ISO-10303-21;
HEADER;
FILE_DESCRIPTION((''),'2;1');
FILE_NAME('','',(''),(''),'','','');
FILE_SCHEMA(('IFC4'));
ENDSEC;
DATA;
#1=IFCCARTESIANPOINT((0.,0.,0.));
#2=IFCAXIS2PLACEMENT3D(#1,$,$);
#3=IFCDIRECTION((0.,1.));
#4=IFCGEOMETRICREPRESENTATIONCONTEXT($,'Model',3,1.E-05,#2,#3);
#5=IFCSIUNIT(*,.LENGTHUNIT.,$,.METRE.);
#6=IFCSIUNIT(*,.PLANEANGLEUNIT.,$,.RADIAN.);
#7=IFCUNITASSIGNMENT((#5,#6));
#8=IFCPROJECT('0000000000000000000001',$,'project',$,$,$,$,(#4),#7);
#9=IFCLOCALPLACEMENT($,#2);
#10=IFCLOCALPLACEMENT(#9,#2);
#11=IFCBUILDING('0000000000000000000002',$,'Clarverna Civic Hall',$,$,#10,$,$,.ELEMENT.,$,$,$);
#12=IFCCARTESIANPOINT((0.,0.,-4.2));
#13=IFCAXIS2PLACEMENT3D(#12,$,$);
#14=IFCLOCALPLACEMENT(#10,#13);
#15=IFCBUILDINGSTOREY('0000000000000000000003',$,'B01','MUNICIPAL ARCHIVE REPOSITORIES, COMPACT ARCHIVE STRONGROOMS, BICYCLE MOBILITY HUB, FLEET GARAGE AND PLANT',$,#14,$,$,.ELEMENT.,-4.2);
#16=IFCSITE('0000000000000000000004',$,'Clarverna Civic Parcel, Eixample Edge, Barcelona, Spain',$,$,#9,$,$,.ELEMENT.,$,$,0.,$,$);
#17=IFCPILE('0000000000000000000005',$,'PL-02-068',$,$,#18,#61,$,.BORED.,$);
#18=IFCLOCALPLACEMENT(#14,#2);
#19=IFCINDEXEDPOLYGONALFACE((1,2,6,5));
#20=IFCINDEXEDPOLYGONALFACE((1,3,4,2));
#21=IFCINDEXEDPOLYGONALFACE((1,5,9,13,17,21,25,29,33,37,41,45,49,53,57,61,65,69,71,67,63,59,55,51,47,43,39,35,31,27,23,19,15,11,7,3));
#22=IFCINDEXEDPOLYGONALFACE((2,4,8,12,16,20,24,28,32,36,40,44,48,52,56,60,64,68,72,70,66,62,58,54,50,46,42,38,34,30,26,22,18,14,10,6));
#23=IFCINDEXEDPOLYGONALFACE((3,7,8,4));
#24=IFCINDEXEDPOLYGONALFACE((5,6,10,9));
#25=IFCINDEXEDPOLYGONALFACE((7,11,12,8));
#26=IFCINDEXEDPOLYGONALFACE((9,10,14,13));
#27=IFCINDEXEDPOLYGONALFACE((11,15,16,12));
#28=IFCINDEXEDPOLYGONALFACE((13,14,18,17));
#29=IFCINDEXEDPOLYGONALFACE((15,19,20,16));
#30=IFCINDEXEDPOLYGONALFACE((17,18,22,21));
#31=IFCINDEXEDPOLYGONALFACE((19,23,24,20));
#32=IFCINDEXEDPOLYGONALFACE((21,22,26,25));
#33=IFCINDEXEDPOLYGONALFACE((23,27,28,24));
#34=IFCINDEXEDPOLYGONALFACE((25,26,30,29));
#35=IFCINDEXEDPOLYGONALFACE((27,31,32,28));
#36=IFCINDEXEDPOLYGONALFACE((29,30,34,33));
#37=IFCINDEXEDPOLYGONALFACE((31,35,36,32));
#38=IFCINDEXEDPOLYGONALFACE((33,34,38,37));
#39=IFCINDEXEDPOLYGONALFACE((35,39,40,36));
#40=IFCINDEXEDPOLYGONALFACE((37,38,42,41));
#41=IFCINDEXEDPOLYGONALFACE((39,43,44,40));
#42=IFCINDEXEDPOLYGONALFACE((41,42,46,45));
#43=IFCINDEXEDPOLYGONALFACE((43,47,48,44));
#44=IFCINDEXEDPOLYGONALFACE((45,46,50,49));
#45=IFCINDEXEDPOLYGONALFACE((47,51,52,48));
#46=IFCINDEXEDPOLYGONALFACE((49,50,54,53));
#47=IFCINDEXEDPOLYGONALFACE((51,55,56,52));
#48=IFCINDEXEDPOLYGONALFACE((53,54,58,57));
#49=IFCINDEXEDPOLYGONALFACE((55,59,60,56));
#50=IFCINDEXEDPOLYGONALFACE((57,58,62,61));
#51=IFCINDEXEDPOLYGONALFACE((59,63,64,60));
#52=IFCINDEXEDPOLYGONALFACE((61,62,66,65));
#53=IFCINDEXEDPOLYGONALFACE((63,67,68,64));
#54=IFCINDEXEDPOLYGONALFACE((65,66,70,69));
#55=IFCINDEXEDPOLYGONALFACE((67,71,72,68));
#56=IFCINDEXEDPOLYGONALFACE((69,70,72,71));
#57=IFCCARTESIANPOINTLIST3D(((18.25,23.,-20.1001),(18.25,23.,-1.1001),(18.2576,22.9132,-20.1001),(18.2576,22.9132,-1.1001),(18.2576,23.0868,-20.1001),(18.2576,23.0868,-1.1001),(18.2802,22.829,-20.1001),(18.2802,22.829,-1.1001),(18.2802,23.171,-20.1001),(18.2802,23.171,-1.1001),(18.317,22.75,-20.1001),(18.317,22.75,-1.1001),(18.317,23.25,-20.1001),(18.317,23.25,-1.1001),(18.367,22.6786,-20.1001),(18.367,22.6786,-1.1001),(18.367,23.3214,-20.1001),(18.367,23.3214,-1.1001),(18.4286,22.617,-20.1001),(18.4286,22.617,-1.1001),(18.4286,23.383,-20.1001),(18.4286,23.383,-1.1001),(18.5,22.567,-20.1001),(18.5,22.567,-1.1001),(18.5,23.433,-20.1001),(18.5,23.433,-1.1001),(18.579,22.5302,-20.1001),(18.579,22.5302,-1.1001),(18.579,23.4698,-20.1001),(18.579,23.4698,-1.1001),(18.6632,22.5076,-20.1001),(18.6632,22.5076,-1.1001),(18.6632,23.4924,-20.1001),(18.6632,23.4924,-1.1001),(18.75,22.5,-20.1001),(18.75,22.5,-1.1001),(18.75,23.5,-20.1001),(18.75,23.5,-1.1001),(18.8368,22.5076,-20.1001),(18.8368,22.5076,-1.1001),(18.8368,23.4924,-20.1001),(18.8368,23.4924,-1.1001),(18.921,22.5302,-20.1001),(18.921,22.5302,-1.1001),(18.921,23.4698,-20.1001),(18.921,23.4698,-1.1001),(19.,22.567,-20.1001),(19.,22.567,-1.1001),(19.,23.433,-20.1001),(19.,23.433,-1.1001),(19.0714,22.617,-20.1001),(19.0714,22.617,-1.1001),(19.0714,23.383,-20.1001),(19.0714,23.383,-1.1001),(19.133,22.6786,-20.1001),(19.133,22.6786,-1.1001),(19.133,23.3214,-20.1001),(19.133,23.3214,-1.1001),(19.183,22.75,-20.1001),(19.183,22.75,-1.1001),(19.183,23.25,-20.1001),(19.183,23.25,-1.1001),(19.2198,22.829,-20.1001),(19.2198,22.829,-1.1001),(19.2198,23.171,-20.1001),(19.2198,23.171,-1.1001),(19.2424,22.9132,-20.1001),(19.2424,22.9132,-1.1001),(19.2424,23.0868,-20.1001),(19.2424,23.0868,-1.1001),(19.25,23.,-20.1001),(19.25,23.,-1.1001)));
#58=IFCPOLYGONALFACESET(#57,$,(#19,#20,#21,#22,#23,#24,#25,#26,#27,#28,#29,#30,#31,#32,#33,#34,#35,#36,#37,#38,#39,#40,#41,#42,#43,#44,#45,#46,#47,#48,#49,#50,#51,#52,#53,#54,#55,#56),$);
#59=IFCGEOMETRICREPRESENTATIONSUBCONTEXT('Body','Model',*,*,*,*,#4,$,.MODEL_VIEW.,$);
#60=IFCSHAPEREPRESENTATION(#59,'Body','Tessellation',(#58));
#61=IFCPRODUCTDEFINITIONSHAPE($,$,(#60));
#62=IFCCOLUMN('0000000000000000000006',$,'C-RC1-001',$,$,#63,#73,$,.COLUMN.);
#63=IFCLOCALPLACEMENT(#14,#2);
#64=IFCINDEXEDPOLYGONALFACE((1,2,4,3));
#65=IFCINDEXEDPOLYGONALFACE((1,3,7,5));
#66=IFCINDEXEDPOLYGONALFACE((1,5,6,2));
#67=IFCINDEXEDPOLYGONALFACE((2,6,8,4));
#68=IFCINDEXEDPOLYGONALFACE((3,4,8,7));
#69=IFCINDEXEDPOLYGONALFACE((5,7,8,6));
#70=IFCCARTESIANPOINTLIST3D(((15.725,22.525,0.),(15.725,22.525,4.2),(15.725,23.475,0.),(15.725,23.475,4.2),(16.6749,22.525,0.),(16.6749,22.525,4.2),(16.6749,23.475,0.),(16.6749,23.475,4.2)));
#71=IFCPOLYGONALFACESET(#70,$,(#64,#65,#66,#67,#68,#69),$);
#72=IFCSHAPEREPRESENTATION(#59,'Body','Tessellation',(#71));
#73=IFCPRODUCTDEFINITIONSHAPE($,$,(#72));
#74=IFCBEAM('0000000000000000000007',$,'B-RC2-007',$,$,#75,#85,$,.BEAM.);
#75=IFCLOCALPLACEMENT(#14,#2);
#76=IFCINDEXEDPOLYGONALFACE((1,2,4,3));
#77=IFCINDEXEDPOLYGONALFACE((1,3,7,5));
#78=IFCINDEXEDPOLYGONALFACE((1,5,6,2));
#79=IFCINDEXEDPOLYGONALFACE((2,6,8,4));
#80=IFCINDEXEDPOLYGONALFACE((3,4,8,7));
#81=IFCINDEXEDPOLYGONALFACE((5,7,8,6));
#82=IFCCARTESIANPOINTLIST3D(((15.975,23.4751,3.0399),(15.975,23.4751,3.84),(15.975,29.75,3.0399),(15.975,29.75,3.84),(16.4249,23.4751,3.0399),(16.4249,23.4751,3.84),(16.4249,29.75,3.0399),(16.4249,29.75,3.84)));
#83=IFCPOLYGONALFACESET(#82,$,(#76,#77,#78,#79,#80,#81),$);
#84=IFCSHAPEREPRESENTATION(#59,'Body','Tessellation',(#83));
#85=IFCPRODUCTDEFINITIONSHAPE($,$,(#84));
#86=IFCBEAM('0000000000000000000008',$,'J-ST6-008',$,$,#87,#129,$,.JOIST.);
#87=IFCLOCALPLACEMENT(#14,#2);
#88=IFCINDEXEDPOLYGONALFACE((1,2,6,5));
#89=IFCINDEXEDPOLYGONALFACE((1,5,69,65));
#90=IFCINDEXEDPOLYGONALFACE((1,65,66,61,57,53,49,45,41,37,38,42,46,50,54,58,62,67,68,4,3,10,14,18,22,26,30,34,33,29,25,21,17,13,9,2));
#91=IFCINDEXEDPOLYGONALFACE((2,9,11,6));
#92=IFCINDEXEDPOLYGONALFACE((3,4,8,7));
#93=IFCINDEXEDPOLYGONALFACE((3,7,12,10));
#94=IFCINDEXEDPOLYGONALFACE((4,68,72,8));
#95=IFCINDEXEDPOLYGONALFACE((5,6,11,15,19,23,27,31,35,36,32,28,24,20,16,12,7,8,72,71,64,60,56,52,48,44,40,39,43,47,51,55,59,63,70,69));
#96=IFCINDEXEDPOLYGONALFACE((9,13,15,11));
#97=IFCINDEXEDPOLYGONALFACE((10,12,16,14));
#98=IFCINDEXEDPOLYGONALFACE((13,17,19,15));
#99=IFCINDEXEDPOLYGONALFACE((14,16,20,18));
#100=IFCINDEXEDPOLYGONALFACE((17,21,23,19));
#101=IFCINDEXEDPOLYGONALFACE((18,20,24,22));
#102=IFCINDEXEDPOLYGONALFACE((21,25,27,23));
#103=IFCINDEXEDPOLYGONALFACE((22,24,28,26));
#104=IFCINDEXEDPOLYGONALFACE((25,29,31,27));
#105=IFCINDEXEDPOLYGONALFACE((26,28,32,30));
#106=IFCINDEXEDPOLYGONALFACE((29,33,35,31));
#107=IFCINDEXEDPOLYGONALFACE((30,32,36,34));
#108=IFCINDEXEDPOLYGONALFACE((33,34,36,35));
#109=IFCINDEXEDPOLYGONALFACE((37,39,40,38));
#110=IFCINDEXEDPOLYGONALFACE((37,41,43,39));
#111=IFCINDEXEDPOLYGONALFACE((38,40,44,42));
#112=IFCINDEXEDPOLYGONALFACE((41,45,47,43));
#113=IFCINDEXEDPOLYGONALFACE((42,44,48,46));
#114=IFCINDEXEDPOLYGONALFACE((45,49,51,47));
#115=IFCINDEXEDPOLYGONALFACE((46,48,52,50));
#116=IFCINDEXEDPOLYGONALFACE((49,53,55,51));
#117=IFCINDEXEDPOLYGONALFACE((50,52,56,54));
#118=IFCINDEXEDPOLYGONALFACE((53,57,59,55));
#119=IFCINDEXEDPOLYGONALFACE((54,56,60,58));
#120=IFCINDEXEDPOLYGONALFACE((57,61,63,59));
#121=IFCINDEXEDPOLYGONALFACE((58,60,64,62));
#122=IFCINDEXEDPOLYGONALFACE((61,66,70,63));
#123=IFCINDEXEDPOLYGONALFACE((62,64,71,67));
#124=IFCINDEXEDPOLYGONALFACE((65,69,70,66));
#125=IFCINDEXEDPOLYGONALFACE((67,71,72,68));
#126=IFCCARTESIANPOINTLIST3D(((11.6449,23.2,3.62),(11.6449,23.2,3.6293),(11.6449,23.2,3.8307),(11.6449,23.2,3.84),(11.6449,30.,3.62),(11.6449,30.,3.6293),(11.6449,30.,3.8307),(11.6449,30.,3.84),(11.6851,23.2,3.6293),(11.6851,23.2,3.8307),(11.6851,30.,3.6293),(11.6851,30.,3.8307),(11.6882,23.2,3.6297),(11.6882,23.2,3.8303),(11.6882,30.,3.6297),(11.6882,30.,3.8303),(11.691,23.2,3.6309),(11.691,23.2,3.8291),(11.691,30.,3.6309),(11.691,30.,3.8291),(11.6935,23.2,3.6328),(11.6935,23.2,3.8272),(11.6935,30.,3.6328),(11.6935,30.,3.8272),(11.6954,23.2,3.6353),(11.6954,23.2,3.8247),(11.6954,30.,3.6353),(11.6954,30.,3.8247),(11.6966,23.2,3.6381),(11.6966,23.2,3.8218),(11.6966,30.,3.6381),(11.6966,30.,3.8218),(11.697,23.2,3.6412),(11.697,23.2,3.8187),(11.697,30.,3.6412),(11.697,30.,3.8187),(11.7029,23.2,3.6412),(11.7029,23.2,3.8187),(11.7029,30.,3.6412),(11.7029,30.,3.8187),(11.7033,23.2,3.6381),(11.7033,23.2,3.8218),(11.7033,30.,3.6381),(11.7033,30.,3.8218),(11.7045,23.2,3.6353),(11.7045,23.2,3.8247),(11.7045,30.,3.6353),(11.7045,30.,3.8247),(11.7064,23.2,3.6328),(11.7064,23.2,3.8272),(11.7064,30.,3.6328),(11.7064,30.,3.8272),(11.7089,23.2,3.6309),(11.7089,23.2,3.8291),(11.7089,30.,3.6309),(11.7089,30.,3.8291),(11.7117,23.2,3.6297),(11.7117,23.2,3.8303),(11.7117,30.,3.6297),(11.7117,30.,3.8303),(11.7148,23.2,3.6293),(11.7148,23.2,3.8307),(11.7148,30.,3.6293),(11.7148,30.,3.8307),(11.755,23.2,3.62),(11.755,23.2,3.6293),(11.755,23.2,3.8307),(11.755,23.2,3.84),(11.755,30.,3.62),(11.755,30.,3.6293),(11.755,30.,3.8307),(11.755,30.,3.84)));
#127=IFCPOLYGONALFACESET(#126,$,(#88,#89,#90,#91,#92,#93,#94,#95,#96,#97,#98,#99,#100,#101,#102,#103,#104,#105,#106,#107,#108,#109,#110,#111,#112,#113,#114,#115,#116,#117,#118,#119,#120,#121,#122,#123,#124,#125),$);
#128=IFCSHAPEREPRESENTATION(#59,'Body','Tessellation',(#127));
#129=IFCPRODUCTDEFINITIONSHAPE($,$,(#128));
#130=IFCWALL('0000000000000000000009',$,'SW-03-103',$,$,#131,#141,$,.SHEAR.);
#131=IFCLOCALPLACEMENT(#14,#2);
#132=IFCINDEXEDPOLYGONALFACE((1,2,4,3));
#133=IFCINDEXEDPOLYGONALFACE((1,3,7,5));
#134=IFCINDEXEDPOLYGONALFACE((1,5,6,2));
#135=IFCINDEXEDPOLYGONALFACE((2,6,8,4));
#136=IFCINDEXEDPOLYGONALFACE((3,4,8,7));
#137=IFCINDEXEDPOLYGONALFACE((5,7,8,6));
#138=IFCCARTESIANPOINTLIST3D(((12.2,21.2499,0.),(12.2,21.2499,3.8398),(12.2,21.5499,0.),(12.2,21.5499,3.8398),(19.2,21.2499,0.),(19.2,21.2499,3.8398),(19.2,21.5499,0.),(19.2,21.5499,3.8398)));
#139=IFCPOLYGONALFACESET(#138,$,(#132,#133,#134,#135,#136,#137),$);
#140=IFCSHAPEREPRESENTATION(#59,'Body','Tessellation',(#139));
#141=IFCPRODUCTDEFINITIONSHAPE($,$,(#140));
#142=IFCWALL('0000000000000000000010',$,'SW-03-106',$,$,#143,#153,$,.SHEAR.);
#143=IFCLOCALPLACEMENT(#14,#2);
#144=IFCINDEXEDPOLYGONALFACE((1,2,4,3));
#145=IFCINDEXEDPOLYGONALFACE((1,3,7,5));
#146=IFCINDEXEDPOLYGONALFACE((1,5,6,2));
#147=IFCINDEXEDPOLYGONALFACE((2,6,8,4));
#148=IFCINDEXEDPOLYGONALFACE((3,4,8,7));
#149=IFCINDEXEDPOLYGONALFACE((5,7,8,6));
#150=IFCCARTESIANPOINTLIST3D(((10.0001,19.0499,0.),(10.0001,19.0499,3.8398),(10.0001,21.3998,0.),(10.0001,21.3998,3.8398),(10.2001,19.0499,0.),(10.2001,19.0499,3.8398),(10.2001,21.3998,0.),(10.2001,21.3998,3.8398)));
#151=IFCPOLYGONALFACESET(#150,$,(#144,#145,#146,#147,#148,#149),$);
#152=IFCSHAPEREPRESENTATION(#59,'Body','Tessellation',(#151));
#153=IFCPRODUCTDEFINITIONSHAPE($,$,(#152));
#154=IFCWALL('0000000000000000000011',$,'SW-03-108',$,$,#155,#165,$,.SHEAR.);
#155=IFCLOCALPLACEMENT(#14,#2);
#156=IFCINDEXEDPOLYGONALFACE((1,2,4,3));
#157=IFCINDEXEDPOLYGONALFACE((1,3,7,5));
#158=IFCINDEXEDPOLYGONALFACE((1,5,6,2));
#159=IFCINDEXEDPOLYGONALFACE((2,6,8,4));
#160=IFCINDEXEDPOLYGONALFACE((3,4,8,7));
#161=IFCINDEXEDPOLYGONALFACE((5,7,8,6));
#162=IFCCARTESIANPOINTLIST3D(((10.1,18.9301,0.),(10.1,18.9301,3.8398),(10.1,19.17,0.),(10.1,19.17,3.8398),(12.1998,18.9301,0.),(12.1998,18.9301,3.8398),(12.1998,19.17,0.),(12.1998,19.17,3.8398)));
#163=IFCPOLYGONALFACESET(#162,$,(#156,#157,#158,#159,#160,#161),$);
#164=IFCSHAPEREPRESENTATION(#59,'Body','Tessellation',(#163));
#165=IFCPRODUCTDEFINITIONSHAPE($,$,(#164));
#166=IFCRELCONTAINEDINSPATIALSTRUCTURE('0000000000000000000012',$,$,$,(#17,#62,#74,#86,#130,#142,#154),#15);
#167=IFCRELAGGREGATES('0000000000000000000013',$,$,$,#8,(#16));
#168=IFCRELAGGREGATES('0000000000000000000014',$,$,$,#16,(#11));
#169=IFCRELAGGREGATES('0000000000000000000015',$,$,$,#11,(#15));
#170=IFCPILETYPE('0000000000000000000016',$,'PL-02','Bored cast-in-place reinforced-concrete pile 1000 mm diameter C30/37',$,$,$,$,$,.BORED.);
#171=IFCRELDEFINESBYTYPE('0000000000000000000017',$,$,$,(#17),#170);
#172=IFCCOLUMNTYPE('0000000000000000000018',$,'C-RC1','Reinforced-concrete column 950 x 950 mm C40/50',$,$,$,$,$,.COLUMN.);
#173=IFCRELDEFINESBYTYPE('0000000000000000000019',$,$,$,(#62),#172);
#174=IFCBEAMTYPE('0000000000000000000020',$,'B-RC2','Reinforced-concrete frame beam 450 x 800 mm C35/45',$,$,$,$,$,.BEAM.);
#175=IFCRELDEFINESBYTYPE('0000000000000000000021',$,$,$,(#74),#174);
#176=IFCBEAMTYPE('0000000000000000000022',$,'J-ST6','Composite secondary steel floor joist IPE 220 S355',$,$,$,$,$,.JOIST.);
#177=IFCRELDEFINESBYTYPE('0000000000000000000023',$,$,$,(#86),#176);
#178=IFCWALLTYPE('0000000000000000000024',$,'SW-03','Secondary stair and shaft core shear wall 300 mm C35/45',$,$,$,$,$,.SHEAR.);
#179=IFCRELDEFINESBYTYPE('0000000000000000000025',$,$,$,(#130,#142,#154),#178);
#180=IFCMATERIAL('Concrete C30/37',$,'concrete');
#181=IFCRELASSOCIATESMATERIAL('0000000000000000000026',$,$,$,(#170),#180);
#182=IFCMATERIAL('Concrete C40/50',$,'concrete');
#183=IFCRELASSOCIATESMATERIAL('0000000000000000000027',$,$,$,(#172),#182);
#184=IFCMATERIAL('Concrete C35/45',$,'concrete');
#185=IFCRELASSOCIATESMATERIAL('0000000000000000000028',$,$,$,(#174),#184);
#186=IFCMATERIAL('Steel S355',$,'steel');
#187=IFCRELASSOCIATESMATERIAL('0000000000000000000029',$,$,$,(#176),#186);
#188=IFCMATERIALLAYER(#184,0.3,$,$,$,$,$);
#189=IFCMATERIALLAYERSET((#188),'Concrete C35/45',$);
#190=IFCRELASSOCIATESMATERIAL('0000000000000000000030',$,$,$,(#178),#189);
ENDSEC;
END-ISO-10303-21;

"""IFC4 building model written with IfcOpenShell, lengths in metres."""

from ifc_helpers import new_model, si_unit, direction, frame, frame_2d, origin, origin_2d, place, context, subcontext, project, spatial, rectangle, circle, i_section, extrude, material, layer, layer_set, material_profile, profile_set, type_object, element, save


model = new_model("IFC4")

# Units and contexts
model_context = context("Model", 3, precision=1e-05, world=origin(), true_north=direction((0.0, 1.0)))
body_context = subcontext(model_context, "Body", "Model", "MODEL_VIEW")
ifc_project = project(units=[si_unit("LENGTHUNIT", "METRE"), si_unit("PLANEANGLEUNIT", "RADIAN")], contexts=[model_context])

# Site, building, storey
site_placement = place(None, origin())
site = spatial("IfcSite", under=ifc_project, at=site_placement, Name="Clarverna Civic Parcel, Eixample Edge, Barcelona, Spain", CompositionType="ELEMENT", RefElevation=0.0)
building_placement = place(site_placement, origin())
building = spatial("IfcBuilding", under=site, at=building_placement, Name="Clarverna Civic Hall", CompositionType="ELEMENT")
storey_placement = place(building_placement, frame((0.0, 0.0, -4.2)))
storey = spatial("IfcBuildingStorey", under=building, at=storey_placement, Name="B01", Description="MUNICIPAL ARCHIVE REPOSITORIES, COMPACT ARCHIVE STRONGROOMS, BICYCLE MOBILITY HUB, FLEET GARAGE AND PLANT", CompositionType="ELEMENT", Elevation=-4.2)

# Shared definitions
ifc_material_1 = material(Name="Concrete C30/37", Category="concrete")

# Pile
ifc_material_profile_1 = material_profile(ifc_material_1, circle(Radius=0.5, at=origin_2d()), Name="BORED PILE D1000")
ifc_profile_set_1 = profile_set([ifc_material_profile_1], Name="Concrete C30/37")
pile_type_1 = type_object("IfcPileType", Name="PL-02", Description="Bored cast-in-place reinforced-concrete pile 1000 mm diameter C30/37", PredefinedType="BORED", material=ifc_profile_set_1)
for number, where, z_axis, x_axis, name in (
    (1, (18.75, 23.0, -1.1001), (0.0, 0.0, -1.0), (1.0, 0.0, 0.0), "PL-02-068"),
):
    element("IfcPile", number, at=place(storey_placement, frame(where, z_axis=z_axis, x_axis=x_axis)), inside=storey, type_object=pile_type_1, Name=name, PredefinedType="BORED", context=body_context, shape_type="SweptSolid", body=[
        extrude(circle(Radius=0.5, at=origin_2d()), origin(), (0.0, 0.0, 1.0), 19.0),
    ])

# Column
ifc_material_2 = material(Name="Concrete C40/50", Category="concrete")
ifc_material_profile_2 = material_profile(ifc_material_2, rectangle(XDim=0.95, YDim=0.95, at=origin_2d()), Name="RC 950x950")
ifc_profile_set_2 = profile_set([ifc_material_profile_2], Name="Concrete C40/50")
column_type = type_object("IfcColumnType", Name="C-RC1", Description="Reinforced-concrete column 950 x 950 mm C40/50", PredefinedType="COLUMN", material=ifc_profile_set_2)
column_placement = place(storey_placement, frame((16.2, 23.0, 0.0), z_axis=(0.0, 0.0, 1.0), x_axis=(1.0, 0.0, 0.0)))
element("IfcColumn", 2, at=column_placement, inside=storey, type_object=column_type, Name="C-RC1-001", PredefinedType="COLUMN", context=body_context, shape_type="SweptSolid", body=[
    extrude(rectangle(XDim=0.95, YDim=0.95, at=origin_2d()), origin(), (0.0, 0.0, 1.0), 4.2),
])

# Beams
ifc_material_3 = material(Name="Concrete C35/45", Category="concrete")
ifc_material_profile_3 = material_profile(ifc_material_3, rectangle(XDim=0.45, YDim=0.8, at=origin_2d()), Name="RC 450x800")
ifc_profile_set_3 = profile_set([ifc_material_profile_3], Name="Concrete C35/45")
beam_type_1 = type_object("IfcBeamType", Name="B-RC2", Description="Reinforced-concrete frame beam 450 x 800 mm C35/45", PredefinedType="BEAM", material=ifc_profile_set_3)
beam_1_placement = place(storey_placement, frame((16.2, 23.4751, 3.4399), z_axis=(0.0, 1.0, 0.0), x_axis=(-1.0, 0.0, 0.0)))
element("IfcBeam", 3, at=beam_1_placement, inside=storey, type_object=beam_type_1, Name="B-RC2-007", PredefinedType="BEAM", context=body_context, shape_type="SweptSolid", body=[
    extrude(rectangle(XDim=0.45, YDim=0.8, at=origin_2d()), origin(), (0.0, 0.0, 1.0), 6.2749),
])
ifc_material_4 = material(Name="Steel S355", Category="steel")
ifc_material_profile_4 = material_profile(ifc_material_4, i_section(OverallWidth=0.1101, OverallDepth=0.22, WebThickness=0.0059, FlangeThickness=0.0093, FilletRadius=0.012, at=origin_2d()), Name="IPE 220")
ifc_profile_set_4 = profile_set([ifc_material_profile_4], Name="Steel S355")
beam_type_2 = type_object("IfcBeamType", Name="J-ST6", Description="Composite secondary steel floor joist IPE 220 S355", PredefinedType="JOIST", material=ifc_profile_set_4)
beam_2_placement = place(storey_placement, frame((11.7, 23.2, 3.73), z_axis=(0.0, 1.0, 0.0), x_axis=(-1.0, 0.0, 0.0)))
element("IfcBeam", 4, at=beam_2_placement, inside=storey, type_object=beam_type_2, Name="J-ST6-008", PredefinedType="JOIST", context=body_context, shape_type="SweptSolid", body=[
    extrude(i_section(OverallWidth=0.1101, OverallDepth=0.22, WebThickness=0.0059, FlangeThickness=0.0093, FilletRadius=0.012, at=origin_2d()), origin(), (0.0, 0.0, 1.0), 6.8),
])

# Walls
ifc_layer = layer(ifc_material_3, 0.3)
ifc_layer_set = layer_set([ifc_layer], Name="Concrete C35/45")
wall_type = type_object("IfcWallType", Name="SW-03", Description="Secondary stair and shaft core shear wall 300 mm C35/45", PredefinedType="SHEAR", material=ifc_layer_set)
wall_1_placement = place(storey_placement, frame((12.2, 21.3999, 0.0), z_axis=(0.0, 0.0, 1.0), x_axis=(1.0, 0.0, 0.0)))
element("IfcWall", 5, at=wall_1_placement, inside=storey, type_object=wall_type, Name="SW-03-103", PredefinedType="SHEAR", context=body_context, shape_type="SweptSolid", body=[
    extrude(rectangle(XDim=7.0, YDim=0.3, at=frame_2d((3.5, 0.0))), origin(), (0.0, 0.0, 1.0), 3.8398),
])
wall_2_placement = place(storey_placement, frame((10.1001, 19.05, 0.0), z_axis=(0.0, 0.0, 1.0), x_axis=(0.0, 1.0, 0.0)))
element("IfcWall", 6, at=wall_2_placement, inside=storey, type_object=wall_type, Name="SW-03-106", PredefinedType="SHEAR", context=body_context, shape_type="SweptSolid", body=[
    extrude(rectangle(XDim=2.3499, YDim=0.2, at=frame_2d((1.1748, 0.0))), origin(), (0.0, 0.0, 1.0), 3.8398),
])
wall_3_placement = place(storey_placement, frame((10.1001, 19.05, 0.0), z_axis=(0.0, 0.0, 1.0), x_axis=(1.0, 0.0, 0.0)))
element("IfcWall", 7, at=wall_3_placement, inside=storey, type_object=wall_type, Name="SW-03-108", PredefinedType="SHEAR", context=body_context, shape_type="SweptSolid", body=[
    extrude(rectangle(XDim=2.0999, YDim=0.24, at=frame_2d((1.0498, 0.0))), origin(), (0.0, 0.0, 1.0), 3.8398),
])

save(model, "model.ifc")
